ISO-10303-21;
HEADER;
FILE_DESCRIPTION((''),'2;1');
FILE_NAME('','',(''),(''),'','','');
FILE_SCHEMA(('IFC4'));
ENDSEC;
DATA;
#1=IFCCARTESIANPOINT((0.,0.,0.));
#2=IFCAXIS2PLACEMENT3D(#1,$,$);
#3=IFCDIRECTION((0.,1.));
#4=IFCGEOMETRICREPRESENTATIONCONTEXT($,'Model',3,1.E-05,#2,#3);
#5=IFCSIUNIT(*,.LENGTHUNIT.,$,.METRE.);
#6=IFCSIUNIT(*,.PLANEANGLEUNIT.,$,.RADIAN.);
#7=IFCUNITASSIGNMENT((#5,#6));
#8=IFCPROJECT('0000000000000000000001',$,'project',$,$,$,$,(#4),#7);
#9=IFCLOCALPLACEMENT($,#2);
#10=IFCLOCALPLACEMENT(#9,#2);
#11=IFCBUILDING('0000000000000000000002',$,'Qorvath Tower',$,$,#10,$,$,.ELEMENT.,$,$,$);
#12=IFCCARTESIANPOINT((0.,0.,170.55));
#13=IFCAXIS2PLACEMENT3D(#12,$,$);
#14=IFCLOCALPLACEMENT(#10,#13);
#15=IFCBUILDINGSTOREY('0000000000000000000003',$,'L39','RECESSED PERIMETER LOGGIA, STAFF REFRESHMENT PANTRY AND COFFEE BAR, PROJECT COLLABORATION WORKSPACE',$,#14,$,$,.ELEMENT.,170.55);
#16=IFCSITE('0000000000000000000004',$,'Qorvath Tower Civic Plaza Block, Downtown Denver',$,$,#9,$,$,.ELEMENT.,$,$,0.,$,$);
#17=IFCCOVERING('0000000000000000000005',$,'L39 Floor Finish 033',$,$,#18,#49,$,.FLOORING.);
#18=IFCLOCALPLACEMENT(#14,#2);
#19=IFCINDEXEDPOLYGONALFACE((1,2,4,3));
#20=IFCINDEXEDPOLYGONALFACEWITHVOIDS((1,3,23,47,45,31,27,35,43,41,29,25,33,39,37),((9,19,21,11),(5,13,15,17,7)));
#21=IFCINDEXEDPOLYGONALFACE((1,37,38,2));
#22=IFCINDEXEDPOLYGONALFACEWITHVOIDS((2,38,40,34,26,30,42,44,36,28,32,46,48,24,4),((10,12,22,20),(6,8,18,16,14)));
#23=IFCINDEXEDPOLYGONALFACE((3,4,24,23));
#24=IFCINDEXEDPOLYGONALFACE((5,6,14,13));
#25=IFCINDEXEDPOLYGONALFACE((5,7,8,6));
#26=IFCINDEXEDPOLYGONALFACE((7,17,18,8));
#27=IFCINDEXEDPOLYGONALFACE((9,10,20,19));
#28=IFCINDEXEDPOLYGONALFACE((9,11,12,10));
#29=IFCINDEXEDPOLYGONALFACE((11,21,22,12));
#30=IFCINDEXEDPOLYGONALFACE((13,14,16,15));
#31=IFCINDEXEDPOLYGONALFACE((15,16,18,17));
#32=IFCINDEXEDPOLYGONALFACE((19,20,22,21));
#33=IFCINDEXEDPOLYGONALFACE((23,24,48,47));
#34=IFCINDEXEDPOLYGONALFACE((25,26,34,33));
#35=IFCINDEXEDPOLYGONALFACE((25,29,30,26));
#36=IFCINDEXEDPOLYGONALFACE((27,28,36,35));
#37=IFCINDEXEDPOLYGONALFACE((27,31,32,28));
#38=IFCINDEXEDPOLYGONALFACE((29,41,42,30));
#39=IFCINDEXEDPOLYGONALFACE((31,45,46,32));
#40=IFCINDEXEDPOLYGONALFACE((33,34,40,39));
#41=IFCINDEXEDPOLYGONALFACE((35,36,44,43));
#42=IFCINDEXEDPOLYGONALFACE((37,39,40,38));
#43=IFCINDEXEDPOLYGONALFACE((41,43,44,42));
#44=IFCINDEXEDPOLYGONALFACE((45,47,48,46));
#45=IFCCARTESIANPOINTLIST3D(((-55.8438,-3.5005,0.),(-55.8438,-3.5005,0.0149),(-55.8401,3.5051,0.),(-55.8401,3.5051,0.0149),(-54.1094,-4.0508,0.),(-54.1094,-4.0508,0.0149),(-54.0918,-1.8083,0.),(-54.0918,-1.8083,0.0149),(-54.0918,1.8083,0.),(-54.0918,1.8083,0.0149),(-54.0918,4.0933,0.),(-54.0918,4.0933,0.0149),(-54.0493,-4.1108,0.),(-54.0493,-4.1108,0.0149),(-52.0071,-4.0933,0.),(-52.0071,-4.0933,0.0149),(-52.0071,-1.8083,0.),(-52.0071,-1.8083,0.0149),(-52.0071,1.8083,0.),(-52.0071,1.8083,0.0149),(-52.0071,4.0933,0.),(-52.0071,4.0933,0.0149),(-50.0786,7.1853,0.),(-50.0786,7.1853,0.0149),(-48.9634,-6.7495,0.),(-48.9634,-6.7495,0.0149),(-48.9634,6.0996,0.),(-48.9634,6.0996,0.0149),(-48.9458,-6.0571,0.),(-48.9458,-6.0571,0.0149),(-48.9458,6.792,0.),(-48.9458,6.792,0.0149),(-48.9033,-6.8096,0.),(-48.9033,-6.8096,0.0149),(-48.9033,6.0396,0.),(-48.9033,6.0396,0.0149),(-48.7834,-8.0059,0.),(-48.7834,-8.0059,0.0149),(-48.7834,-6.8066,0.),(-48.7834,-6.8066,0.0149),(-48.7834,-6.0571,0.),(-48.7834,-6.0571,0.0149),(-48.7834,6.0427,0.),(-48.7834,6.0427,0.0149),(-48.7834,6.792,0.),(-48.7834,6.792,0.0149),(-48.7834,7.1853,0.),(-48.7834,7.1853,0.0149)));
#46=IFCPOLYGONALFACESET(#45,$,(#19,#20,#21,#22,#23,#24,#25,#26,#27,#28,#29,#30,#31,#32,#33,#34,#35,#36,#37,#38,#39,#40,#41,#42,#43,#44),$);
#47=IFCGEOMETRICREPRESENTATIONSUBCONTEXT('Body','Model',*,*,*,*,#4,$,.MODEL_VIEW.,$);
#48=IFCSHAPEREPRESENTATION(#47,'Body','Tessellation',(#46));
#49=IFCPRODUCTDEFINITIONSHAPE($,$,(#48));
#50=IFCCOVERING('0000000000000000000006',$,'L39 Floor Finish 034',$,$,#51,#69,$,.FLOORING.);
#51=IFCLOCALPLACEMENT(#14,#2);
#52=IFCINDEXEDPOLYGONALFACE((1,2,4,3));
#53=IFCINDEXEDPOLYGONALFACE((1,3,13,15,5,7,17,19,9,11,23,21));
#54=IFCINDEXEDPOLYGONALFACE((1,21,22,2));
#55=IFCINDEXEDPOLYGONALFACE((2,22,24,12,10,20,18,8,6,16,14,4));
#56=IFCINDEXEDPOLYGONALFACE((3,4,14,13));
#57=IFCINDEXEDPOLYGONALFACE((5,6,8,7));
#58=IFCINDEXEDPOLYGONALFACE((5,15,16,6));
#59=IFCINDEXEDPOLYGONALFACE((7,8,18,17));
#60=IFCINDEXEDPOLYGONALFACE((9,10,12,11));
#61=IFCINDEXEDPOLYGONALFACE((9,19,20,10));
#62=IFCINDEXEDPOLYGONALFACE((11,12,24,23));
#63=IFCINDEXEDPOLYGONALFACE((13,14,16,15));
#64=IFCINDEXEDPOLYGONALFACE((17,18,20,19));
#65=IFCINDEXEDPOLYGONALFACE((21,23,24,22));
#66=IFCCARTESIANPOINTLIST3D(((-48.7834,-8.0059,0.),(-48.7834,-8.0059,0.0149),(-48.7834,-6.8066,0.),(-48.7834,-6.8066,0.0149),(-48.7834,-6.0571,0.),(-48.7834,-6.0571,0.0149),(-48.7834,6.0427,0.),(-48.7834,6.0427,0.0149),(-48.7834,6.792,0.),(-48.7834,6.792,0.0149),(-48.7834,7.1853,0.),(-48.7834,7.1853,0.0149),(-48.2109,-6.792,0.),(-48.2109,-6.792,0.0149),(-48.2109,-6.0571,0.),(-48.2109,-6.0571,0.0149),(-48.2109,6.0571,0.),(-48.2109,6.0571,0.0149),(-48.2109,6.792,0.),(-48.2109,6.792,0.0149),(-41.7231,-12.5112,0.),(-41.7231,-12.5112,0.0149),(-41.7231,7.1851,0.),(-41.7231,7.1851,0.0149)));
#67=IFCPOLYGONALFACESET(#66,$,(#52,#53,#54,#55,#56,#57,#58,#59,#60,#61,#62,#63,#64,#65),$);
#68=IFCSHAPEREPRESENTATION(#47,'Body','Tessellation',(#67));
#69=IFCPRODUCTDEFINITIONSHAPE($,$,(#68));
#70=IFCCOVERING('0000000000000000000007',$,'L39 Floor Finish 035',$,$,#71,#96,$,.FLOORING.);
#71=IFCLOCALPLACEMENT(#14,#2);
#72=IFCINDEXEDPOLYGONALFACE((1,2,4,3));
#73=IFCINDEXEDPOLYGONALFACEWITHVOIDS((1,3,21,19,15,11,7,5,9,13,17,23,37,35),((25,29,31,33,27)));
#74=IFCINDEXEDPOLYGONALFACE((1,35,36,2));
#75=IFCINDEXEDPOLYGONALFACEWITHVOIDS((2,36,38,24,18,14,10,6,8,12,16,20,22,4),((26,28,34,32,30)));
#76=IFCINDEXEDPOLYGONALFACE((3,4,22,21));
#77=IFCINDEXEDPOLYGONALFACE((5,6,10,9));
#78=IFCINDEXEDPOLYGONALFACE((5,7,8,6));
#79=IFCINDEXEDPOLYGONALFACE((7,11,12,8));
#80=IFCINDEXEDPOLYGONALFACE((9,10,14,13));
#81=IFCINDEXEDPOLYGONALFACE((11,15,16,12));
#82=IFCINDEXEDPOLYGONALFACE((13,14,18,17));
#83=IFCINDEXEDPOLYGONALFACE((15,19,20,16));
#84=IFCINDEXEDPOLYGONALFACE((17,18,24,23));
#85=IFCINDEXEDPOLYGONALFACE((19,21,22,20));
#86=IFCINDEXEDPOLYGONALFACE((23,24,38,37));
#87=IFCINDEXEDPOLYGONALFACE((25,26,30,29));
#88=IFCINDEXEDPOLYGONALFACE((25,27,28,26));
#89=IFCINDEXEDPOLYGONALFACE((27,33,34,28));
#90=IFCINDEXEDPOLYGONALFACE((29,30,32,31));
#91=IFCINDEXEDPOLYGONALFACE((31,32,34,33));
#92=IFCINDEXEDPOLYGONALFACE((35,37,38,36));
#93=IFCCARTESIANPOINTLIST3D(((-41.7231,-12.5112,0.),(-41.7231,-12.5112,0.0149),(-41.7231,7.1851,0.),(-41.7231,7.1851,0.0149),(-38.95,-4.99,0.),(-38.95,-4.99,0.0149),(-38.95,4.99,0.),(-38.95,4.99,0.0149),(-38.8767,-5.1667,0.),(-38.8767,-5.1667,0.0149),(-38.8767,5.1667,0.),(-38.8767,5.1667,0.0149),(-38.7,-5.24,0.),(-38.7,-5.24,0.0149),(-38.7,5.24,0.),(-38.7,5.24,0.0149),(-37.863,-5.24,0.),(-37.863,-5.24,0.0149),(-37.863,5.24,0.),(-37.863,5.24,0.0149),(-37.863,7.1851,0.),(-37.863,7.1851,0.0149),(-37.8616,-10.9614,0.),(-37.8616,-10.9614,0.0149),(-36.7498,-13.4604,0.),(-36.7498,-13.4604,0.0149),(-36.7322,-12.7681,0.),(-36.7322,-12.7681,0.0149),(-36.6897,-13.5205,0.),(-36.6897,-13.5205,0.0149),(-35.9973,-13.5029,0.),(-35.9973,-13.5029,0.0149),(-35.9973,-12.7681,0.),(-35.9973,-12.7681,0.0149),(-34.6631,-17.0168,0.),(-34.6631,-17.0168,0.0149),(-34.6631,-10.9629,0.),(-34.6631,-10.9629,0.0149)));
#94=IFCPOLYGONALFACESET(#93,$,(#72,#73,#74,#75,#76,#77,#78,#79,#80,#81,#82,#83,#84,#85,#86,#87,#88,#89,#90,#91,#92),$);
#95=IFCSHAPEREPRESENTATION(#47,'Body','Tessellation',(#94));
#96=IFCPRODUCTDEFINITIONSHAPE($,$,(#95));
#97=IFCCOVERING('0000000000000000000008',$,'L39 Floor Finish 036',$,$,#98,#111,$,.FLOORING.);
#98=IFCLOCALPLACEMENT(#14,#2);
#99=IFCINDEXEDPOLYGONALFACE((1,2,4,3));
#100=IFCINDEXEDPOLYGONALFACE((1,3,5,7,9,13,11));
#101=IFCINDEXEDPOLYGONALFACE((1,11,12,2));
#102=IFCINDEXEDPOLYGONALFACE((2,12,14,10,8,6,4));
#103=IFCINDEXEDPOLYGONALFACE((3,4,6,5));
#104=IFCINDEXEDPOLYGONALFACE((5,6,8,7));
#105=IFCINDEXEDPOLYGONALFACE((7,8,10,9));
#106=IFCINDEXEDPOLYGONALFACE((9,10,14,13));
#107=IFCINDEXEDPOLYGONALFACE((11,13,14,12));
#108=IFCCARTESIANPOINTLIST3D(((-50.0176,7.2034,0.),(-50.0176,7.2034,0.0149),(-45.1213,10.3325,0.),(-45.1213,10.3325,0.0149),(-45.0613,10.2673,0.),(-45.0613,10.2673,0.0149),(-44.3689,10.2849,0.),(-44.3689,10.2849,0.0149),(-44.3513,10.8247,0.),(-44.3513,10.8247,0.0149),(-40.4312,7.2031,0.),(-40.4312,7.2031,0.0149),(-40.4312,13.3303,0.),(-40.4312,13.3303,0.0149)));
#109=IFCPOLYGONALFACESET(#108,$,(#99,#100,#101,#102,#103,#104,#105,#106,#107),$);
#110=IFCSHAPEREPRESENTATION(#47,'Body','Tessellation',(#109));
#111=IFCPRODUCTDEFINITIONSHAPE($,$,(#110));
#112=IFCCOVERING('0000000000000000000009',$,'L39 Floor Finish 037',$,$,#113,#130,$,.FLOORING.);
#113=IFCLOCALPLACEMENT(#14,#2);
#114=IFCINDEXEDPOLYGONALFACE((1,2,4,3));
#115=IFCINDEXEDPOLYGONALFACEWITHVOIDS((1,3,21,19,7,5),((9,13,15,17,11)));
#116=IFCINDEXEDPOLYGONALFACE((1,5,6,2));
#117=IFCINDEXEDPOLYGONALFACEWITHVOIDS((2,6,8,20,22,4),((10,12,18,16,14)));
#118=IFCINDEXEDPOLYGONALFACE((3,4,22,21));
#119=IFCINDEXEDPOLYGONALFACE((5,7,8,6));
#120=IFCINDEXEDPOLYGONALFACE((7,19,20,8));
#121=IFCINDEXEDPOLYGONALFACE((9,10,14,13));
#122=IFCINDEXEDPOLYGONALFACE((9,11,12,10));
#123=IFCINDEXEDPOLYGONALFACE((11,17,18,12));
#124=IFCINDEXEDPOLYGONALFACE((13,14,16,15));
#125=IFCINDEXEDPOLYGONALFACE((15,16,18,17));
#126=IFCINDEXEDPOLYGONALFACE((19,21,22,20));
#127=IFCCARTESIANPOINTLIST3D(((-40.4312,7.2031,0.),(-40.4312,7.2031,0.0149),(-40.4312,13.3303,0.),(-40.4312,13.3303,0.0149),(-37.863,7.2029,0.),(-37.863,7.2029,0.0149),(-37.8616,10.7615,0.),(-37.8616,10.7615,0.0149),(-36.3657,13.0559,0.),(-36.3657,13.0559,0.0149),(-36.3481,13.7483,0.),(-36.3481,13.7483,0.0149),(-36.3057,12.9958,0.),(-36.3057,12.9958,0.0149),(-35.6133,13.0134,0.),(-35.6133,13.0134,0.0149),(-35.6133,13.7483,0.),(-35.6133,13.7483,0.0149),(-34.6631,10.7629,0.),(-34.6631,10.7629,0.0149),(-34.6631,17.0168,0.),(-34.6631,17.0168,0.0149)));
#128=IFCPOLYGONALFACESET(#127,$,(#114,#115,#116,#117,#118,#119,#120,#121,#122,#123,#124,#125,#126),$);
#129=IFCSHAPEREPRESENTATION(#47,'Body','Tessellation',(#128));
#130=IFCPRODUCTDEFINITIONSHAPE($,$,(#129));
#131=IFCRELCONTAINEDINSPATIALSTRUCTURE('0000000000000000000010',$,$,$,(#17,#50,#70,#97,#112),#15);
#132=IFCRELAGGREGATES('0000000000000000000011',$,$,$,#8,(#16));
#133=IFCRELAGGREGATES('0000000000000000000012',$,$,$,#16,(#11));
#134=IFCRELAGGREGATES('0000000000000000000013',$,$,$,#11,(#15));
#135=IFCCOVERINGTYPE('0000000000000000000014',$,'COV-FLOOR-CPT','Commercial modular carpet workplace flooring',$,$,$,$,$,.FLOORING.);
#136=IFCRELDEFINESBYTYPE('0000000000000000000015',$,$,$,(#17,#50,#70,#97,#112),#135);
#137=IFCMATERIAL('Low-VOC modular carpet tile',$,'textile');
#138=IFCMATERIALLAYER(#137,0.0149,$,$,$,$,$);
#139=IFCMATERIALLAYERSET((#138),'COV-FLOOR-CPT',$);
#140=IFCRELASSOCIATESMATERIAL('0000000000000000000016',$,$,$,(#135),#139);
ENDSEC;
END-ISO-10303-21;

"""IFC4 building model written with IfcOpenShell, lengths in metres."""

from ifc_helpers import new_model, si_unit, direction, frame, origin, place, context, subcontext, project, spatial, polyline, outline, extrude, material, layer, layer_set, type_object, element, save


model = new_model("IFC4")

# Units and contexts
model_context = context("Model", 3, precision=1e-05, world=origin(), true_north=direction((0.0, 1.0)))
body_context = subcontext(model_context, "Body", "Model", "MODEL_VIEW")
ifc_project = project(units=[si_unit("LENGTHUNIT", "METRE"), si_unit("PLANEANGLEUNIT", "RADIAN")], contexts=[model_context])

# Site, building, storey
site_placement = place(None, origin())
site = spatial("IfcSite", under=ifc_project, at=site_placement, Name="Qorvath Tower Civic Plaza Block, Downtown Denver", CompositionType="ELEMENT", RefElevation=0.0)
building_placement = place(site_placement, origin())
building = spatial("IfcBuilding", under=site, at=building_placement, Name="Qorvath Tower", CompositionType="ELEMENT")
storey_placement = place(building_placement, frame((0.0, 0.0, 170.55)))
storey = spatial("IfcBuildingStorey", under=building, at=storey_placement, Name="L39", Description="RECESSED PERIMETER LOGGIA, STAFF REFRESHMENT PANTRY AND COFFEE BAR, PROJECT COLLABORATION WORKSPACE", CompositionType="ELEMENT", Elevation=170.55)

# Coverings
ifc_material_1 = material(Name="Low-VOC modular carpet tile", Category="textile")
ifc_layer_1 = layer(ifc_material_1, 0.0149)
ifc_layer_set_1 = layer_set([ifc_layer_1], Name="COV-FLOOR-CPT")
covering_type_1 = type_object("IfcCoveringType", Name="COV-FLOOR-CPT", Description="Commercial modular carpet workplace flooring", PredefinedType="FLOORING", material=ifc_layer_set_1)
covering_1_placement = place(storey_placement, origin())
element("IfcCovering", 1, at=covering_1_placement, inside=storey, type_object=covering_type_1, Name="L39 Floor Finish 033", PredefinedType="FLOORING", context=body_context, shape_type="SweptSolid", body=[
    extrude(outline(polyline([(-55.8401, 3.5051), (-55.8438, -3.5005), (-48.7834, -8.0059), (-48.7834, -6.8066), (-48.9033, -6.8096), (-48.9634, -6.7495), (-48.9458, -6.0571), (-48.7834, -6.0571), (-48.7834, 6.0427), (-48.9033, 6.0396), (-48.9634, 6.0996), (-48.9458, 6.792), (-48.7834, 6.792), (-48.7834, 7.1853), (-50.0786, 7.1853), (-55.8401, 3.5051)]), holes=[polyline([(-54.1094, -4.0508), (-54.0918, -1.8083), (-52.0071, -1.8083), (-52.0071, -4.0933), (-54.0493, -4.1108), (-54.1094, -4.0508)]), polyline([(-54.0918, 1.8083), (-54.0918, 4.0933), (-52.0071, 4.0933), (-52.0071, 1.8083), (-54.0918, 1.8083)])]), origin(), (0.0, 0.0, 1.0), 0.0149),
])
covering_2_placement = place(storey_placement, origin())
element("IfcCovering", 2, at=covering_2_placement, inside=storey, type_object=covering_type_1, Name="L39 Floor Finish 034", PredefinedType="FLOORING", context=body_context, shape_type="SweptSolid", body=[
    extrude(outline(polyline([(-48.7834, 7.1853), (-48.7834, 6.792), (-48.2109, 6.792), (-48.2109, 6.0571), (-48.7834, 6.0427), (-48.7834, -6.0571), (-48.2109, -6.0571), (-48.2109, -6.792), (-48.7834, -6.8066), (-48.7834, -8.0059), (-41.7231, -12.5112), (-41.7231, 7.1851), (-48.7834, 7.1853)])), origin(), (0.0, 0.0, 1.0), 0.0149),
])
covering_3_placement = place(storey_placement, origin())
element("IfcCovering", 3, at=covering_3_placement, inside=storey, type_object=covering_type_1, Name="L39 Floor Finish 035", PredefinedType="FLOORING", context=body_context, shape_type="SweptSolid", body=[
    extrude(outline(polyline([(-41.7231, 7.1851), (-41.7231, -12.5112), (-34.6631, -17.0168), (-34.6631, -10.9629), (-37.8616, -10.9614), (-37.863, -5.24), (-38.7, -5.24), (-38.8767, -5.1667), (-38.95, -4.99), (-38.95, 4.99), (-38.8767, 5.1667), (-38.7, 5.24), (-37.863, 5.24), (-37.863, 7.1851), (-41.7231, 7.1851)]), holes=[polyline([(-36.7498, -13.4604), (-36.7322, -12.7681), (-35.9973, -12.7681), (-35.9973, -13.5029), (-36.6897, -13.5205), (-36.7498, -13.4604)])]), origin(), (0.0, 0.0, 1.0), 0.0149),
])
covering_4_placement = place(storey_placement, origin())
element("IfcCovering", 4, at=covering_4_placement, inside=storey, type_object=covering_type_1, Name="L39 Floor Finish 036", PredefinedType="FLOORING", context=body_context, shape_type="SweptSolid", body=[
    extrude(outline(polyline([(-40.4312, 7.2031), (-40.4312, 13.3303), (-44.3513, 10.8247), (-44.3689, 10.2849), (-45.0613, 10.2673), (-45.1213, 10.3325), (-50.0176, 7.2034), (-40.4312, 7.2031)])), origin(), (0.0, 0.0, 1.0), 0.0149),
])
covering_5_placement = place(storey_placement, origin())
element("IfcCovering", 5, at=covering_5_placement, inside=storey, type_object=covering_type_1, Name="L39 Floor Finish 037", PredefinedType="FLOORING", context=body_context, shape_type="SweptSolid", body=[
    extrude(outline(polyline([(-34.6631, 10.7629), (-34.6631, 17.0168), (-40.4312, 13.3303), (-40.4312, 7.2031), (-37.863, 7.2029), (-37.8616, 10.7615), (-34.6631, 10.7629)]), holes=[polyline([(-36.3657, 13.0559), (-36.3481, 13.7483), (-35.6133, 13.7483), (-35.6133, 13.0134), (-36.3057, 12.9958), (-36.3657, 13.0559)])]), origin(), (0.0, 0.0, 1.0), 0.0149),
])

save(model, "model.ifc")
